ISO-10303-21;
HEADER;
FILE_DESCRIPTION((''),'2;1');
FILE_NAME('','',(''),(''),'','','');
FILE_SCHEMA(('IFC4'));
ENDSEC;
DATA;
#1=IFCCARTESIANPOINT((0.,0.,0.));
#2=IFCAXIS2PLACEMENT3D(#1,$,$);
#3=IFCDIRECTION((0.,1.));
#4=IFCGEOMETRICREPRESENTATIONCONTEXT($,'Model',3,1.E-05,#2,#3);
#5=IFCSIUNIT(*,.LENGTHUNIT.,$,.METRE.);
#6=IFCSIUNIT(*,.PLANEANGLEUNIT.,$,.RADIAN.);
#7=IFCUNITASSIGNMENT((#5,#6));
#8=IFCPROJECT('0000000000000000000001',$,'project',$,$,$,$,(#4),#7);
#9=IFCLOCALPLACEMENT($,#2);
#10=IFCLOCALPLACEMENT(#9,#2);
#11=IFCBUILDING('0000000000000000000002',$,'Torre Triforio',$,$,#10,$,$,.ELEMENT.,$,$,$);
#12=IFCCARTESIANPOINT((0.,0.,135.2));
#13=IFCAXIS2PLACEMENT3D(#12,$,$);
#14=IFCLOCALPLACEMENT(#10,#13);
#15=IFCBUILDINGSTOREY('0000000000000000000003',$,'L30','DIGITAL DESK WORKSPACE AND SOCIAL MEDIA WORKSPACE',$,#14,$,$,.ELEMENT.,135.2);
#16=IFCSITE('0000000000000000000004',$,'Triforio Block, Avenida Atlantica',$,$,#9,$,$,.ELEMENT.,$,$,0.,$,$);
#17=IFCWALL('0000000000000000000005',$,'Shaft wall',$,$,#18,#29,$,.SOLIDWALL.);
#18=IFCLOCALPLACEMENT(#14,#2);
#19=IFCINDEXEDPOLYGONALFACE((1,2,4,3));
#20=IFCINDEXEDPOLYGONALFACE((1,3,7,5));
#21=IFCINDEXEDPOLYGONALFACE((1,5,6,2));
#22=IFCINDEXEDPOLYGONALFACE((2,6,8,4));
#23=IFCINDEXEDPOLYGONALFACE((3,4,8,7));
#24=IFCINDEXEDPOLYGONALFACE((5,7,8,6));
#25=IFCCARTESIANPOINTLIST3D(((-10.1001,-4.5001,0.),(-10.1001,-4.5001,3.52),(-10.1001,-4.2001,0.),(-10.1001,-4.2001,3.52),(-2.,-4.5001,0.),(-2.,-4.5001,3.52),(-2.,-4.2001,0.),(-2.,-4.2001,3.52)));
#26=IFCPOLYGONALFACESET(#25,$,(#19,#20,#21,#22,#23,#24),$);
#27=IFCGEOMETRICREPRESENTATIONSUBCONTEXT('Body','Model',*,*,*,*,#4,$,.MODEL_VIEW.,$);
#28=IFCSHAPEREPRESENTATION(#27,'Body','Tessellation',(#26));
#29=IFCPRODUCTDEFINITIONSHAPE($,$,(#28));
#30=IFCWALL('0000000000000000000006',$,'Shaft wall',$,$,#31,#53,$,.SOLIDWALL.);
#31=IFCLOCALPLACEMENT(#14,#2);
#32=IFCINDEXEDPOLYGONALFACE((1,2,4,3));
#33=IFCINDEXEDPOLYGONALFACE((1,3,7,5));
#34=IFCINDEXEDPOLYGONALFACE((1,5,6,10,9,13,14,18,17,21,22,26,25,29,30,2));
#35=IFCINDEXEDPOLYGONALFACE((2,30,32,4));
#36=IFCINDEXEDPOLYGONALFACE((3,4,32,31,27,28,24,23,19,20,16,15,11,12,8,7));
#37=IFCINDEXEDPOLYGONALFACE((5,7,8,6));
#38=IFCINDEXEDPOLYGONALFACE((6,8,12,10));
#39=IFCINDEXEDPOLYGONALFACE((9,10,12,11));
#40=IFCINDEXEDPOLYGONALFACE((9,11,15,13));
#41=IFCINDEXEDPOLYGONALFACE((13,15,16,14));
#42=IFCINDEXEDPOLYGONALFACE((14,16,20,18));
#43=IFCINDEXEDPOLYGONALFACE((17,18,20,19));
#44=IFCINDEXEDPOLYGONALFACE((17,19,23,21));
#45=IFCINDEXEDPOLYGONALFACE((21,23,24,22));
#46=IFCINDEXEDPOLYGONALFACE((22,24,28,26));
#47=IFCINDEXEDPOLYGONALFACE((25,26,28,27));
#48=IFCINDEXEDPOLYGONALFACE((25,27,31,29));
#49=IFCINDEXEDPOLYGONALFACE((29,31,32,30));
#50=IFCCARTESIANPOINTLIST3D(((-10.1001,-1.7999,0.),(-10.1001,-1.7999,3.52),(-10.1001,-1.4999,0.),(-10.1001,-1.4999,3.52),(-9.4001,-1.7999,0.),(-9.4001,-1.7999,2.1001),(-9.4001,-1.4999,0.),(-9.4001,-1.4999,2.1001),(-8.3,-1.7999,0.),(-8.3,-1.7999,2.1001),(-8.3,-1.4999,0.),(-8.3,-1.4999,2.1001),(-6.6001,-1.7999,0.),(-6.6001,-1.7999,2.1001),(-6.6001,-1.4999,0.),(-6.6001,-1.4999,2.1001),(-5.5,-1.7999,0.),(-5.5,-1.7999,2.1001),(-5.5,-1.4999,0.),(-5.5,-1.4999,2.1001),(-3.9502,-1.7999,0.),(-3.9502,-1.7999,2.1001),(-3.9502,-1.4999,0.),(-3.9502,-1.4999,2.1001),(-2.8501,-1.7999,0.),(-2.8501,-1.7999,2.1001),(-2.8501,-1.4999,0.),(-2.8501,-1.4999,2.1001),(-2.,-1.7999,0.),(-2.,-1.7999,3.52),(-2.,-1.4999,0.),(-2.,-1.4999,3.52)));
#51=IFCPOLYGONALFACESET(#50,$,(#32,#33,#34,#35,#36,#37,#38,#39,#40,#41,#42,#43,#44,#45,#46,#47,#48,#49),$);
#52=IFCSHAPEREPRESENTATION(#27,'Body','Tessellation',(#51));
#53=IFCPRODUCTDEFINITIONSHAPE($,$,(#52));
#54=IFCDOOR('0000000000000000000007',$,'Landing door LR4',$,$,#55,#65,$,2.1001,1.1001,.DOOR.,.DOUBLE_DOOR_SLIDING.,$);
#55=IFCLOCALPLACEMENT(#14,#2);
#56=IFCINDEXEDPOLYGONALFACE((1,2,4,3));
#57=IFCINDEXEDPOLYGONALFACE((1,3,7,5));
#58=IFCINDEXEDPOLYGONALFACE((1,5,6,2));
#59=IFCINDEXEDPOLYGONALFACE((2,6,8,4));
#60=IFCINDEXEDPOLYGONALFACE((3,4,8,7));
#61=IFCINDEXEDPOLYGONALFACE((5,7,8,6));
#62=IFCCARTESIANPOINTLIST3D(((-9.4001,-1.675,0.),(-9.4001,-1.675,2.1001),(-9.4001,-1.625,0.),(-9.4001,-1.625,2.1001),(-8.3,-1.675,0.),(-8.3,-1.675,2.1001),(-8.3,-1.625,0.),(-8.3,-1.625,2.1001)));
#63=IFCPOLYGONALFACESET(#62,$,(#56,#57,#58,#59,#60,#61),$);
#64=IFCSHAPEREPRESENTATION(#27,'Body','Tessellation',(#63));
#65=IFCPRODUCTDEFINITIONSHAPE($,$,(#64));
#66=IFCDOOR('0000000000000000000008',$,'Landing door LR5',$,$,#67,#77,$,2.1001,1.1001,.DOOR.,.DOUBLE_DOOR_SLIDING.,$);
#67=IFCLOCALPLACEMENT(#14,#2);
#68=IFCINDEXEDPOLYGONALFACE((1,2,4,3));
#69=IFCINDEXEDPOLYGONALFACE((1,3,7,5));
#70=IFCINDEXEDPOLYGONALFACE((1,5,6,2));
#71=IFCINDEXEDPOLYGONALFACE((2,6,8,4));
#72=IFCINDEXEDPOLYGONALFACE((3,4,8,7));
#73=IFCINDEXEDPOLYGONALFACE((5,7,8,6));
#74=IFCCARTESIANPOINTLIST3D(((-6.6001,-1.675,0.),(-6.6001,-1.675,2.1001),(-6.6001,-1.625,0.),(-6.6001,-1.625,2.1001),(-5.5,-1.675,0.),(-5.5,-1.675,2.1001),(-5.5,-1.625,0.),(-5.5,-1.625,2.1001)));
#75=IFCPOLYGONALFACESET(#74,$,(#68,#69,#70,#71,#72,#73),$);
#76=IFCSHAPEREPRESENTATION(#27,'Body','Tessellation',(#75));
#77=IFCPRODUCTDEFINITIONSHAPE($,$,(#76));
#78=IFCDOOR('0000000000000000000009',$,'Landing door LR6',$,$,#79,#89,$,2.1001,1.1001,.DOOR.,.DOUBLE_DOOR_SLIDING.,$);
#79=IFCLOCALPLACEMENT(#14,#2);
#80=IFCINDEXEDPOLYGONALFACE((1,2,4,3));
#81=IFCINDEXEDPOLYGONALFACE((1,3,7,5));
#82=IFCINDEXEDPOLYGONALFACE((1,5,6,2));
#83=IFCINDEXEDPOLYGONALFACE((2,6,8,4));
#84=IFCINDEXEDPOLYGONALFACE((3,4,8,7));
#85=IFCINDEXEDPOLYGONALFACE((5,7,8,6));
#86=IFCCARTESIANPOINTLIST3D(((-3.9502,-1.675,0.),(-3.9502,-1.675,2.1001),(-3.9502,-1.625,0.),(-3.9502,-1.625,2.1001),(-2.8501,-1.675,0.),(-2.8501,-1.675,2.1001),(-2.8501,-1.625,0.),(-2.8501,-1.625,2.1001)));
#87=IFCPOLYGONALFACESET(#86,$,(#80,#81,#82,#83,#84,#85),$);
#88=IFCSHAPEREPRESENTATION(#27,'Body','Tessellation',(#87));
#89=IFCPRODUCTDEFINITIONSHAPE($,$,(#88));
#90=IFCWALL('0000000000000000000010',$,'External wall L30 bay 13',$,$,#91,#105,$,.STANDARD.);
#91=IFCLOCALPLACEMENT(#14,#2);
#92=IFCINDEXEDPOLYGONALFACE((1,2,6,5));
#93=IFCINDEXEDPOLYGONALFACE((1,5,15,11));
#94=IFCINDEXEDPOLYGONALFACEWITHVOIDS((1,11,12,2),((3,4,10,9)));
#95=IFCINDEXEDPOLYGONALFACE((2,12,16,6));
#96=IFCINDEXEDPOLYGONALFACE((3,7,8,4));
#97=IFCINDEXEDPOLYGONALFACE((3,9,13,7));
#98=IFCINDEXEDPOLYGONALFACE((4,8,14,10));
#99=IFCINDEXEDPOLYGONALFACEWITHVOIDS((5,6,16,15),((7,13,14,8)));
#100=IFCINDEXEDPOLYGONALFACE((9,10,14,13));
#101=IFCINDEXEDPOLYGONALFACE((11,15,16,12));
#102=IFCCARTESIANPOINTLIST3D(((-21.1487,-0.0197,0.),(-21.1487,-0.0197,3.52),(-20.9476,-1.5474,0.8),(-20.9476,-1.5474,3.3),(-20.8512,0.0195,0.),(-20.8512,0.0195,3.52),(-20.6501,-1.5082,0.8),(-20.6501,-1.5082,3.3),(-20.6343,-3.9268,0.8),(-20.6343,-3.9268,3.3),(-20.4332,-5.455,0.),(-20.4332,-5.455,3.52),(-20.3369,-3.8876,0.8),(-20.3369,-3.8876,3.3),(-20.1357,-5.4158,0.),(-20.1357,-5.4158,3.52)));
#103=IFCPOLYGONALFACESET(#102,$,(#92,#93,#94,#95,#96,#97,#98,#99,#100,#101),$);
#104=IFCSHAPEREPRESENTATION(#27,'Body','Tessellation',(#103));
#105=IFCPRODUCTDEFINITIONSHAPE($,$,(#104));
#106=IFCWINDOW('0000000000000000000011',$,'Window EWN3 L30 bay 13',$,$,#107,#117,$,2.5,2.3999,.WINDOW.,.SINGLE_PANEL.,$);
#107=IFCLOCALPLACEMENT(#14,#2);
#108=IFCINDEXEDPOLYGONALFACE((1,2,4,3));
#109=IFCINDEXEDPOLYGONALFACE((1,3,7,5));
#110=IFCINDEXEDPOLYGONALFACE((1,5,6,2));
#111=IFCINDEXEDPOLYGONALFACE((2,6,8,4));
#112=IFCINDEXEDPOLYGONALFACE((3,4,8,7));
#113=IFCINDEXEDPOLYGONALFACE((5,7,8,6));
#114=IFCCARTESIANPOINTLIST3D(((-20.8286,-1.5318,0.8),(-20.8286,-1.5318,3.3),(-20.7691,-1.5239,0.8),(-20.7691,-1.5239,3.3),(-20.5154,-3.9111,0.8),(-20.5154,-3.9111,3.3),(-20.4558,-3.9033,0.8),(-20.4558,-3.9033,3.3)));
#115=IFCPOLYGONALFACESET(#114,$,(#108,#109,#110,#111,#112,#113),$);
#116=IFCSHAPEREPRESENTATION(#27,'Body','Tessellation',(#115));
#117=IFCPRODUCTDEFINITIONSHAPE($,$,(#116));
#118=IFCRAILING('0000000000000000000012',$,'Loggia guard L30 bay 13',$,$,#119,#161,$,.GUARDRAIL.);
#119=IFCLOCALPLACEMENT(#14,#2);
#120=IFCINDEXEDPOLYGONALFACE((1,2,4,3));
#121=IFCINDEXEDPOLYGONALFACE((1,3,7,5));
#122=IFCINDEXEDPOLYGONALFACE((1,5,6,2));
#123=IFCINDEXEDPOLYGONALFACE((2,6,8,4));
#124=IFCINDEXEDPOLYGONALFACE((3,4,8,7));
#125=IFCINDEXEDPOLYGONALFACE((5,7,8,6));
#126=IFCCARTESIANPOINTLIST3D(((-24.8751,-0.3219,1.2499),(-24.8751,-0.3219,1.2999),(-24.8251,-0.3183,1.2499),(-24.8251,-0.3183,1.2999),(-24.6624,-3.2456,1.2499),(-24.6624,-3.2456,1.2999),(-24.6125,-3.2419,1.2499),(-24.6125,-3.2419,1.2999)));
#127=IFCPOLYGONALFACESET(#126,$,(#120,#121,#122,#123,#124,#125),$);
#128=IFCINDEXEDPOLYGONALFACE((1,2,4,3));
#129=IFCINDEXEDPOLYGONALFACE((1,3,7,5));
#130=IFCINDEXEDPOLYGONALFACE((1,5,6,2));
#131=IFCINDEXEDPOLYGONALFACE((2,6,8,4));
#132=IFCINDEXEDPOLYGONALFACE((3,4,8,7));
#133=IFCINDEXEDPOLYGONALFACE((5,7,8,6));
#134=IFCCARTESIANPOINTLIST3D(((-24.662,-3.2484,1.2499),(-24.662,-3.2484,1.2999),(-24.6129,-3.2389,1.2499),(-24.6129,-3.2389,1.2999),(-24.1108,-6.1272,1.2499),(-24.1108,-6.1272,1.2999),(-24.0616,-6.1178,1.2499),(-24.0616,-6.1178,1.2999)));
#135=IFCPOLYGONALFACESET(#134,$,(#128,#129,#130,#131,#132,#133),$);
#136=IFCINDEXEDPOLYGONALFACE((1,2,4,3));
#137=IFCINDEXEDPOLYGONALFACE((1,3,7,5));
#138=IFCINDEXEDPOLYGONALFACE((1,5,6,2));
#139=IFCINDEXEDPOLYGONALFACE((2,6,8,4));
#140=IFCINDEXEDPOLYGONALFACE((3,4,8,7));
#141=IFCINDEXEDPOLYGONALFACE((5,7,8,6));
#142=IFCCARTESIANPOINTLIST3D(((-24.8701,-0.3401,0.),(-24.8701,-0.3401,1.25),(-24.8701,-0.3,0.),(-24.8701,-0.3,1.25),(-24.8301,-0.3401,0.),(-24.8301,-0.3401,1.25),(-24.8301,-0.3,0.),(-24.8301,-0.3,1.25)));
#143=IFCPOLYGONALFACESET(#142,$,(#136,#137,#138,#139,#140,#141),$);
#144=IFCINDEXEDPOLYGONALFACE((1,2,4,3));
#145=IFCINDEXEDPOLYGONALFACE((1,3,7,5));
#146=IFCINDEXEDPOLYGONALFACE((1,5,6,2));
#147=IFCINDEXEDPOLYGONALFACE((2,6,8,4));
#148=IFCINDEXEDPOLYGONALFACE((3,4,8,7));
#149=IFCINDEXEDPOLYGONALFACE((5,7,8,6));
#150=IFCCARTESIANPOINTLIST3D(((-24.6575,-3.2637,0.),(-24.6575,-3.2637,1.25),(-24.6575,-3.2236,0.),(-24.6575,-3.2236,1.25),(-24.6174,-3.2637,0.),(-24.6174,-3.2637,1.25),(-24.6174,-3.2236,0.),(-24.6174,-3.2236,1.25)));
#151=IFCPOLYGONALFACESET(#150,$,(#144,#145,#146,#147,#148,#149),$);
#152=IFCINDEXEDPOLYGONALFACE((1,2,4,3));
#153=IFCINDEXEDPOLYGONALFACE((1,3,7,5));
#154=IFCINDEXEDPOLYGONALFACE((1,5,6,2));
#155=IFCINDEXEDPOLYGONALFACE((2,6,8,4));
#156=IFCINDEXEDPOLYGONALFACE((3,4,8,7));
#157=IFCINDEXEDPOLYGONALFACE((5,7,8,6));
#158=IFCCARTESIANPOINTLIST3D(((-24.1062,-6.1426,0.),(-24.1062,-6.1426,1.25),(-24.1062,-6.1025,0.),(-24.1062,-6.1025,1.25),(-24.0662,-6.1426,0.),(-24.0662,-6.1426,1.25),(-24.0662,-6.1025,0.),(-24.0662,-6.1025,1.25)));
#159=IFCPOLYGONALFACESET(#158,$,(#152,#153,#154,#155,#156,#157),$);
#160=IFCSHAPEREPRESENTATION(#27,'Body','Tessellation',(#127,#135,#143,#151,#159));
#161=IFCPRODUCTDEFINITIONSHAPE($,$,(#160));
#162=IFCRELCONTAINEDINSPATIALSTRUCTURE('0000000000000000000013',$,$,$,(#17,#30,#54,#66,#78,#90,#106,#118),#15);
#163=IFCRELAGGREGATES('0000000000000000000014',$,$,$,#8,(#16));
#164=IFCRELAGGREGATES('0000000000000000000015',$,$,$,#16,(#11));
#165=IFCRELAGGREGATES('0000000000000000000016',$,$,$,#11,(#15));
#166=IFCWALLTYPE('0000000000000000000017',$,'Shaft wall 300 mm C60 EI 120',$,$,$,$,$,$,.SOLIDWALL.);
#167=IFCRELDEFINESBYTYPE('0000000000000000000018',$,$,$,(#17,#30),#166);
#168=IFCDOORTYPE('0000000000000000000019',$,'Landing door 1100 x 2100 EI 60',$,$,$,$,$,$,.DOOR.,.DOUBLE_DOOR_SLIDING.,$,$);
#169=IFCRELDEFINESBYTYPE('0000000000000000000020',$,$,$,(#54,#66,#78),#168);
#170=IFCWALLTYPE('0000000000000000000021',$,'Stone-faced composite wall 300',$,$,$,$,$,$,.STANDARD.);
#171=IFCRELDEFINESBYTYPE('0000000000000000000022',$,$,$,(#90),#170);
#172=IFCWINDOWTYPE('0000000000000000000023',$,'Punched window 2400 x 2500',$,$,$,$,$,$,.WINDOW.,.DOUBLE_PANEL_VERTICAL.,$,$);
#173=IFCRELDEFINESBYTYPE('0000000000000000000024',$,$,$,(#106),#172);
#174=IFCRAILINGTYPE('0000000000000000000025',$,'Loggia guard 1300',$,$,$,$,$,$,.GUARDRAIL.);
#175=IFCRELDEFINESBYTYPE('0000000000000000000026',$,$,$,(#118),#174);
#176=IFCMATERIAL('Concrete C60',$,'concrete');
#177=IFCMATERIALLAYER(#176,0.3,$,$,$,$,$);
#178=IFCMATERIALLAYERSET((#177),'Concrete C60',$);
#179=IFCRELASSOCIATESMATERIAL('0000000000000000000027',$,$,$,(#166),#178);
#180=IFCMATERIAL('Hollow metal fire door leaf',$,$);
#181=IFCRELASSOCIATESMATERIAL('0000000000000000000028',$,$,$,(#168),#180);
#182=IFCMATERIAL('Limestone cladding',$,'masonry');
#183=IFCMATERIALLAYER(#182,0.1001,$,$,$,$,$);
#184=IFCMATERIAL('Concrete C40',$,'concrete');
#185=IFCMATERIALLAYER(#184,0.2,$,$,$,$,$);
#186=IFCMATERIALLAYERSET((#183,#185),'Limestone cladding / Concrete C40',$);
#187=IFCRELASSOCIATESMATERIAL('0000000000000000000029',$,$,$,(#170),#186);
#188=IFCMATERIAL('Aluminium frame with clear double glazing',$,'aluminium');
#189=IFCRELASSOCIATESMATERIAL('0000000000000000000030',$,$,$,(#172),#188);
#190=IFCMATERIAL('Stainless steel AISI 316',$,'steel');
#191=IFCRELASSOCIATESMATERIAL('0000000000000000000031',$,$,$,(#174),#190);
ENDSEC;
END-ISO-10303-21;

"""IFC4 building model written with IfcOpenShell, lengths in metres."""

from ifc_helpers import new_model, si_unit, direction, frame, frame_2d, origin, origin_2d, place, context, subcontext, project, spatial, rectangle, extrude, material, layer, layer_set, type_object, element, fill, save


model = new_model("IFC4")

# Units and contexts
model_context = context("Model", 3, precision=1e-05, world=origin(), true_north=direction((0.0, 1.0)))
body_context = subcontext(model_context, "Body", "Model", "MODEL_VIEW")
ifc_project = project(units=[si_unit("LENGTHUNIT", "METRE"), si_unit("PLANEANGLEUNIT", "RADIAN")], contexts=[model_context])

# Site, building, storey
site_placement = place(None, origin())
site = spatial("IfcSite", under=ifc_project, at=site_placement, Name="Triforio Block, Avenida Atlantica", CompositionType="ELEMENT", RefElevation=0.0)
building_placement = place(site_placement, origin())
building = spatial("IfcBuilding", under=site, at=building_placement, Name="Torre Triforio", CompositionType="ELEMENT")
storey_placement = place(building_placement, frame((0.0, 0.0, 135.2)))
storey = spatial("IfcBuildingStorey", under=building, at=storey_placement, Name="L30", Description="DIGITAL DESK WORKSPACE AND SOCIAL MEDIA WORKSPACE", CompositionType="ELEMENT", Elevation=135.2)

# Shared definitions
ifc_material_1 = material(Name="Concrete C60", Category="concrete")

# Shared definitions
ifc_material_2 = material(Name="Hollow metal fire door leaf")

# Wall
ifc_material_3 = material(Name="Limestone cladding", Category="masonry")
ifc_material_4 = material(Name="Concrete C40", Category="concrete")
ifc_layer_1 = layer(ifc_material_1, 0.3)
ifc_layer_set_1 = layer_set([ifc_layer_1], Name="Concrete C60")
wall_type_1 = type_object("IfcWallType", Name="Shaft wall 300 mm C60 EI 120", PredefinedType="SOLIDWALL", material=ifc_layer_set_1)
wall_1_placement = place(storey_placement, frame((-10.1001, -4.3501, 0.0), z_axis=(0.0, 0.0, 1.0), x_axis=(1.0, 0.0, 0.0)))
element("IfcWall", 1, at=wall_1_placement, inside=storey, type_object=wall_type_1, Name="Shaft wall", PredefinedType="SOLIDWALL", context=body_context, shape_type="SweptSolid", body=[
    extrude(rectangle(XDim=8.1001, YDim=0.3, at=frame_2d((4.05, 0.0))), origin(), (0.0, 0.0, 1.0), 3.52),
])

# Wall, openings, doors
wall_2_placement = place(storey_placement, frame((-10.1001, -1.6499, 0.0), z_axis=(0.0, 0.0, 1.0), x_axis=(1.0, 0.0, 0.0)))
wall_2 = element("IfcWall", 2, at=wall_2_placement, inside=storey, type_object=wall_type_1, Name="Shaft wall", PredefinedType="SOLIDWALL", context=body_context, shape_type="SweptSolid", body=[
    extrude(rectangle(XDim=8.1001, YDim=0.3, at=frame_2d((4.05, 0.0))), origin(), (0.0, 0.0, 1.0), 3.52),
])
opening_1_placement = place(wall_2_placement, frame((0.7, 0.0, 0.0)))
opening_1 = element("IfcOpeningElement", 3, at=opening_1_placement, cuts=wall_2, PredefinedType="OPENING", context=body_context, shape_type="SweptSolid", body=[
    extrude(rectangle(XDim=1.1001, YDim=2.1001, at=frame_2d((0.55, 1.05))), frame((0.0, 0.1599, 0.0), z_axis=(0.0, -1.0, 0.0), x_axis=(1.0, 0.0, 0.0)), (0.0, 0.0, 1.0), 0.3201),
])
opening_2_placement = place(wall_2_placement, frame((3.5, 0.0, 0.0)))
opening_2 = element("IfcOpeningElement", 4, at=opening_2_placement, cuts=wall_2, PredefinedType="OPENING", context=body_context, shape_type="SweptSolid", body=[
    extrude(rectangle(XDim=1.1001, YDim=2.1001, at=frame_2d((0.55, 1.05))), frame((0.0, 0.1599, 0.0), z_axis=(0.0, -1.0, 0.0), x_axis=(1.0, 0.0, 0.0)), (0.0, 0.0, 1.0), 0.3201),
])
opening_3_placement = place(wall_2_placement, frame((6.1499, 0.0, 0.0)))
opening_3 = element("IfcOpeningElement", 5, at=opening_3_placement, cuts=wall_2, PredefinedType="OPENING", context=body_context, shape_type="SweptSolid", body=[
    extrude(rectangle(XDim=1.1001, YDim=2.1001, at=frame_2d((0.55, 1.05))), frame((0.0, 0.1599, 0.0), z_axis=(0.0, -1.0, 0.0), x_axis=(1.0, 0.0, 0.0)), (0.0, 0.0, 1.0), 0.3201),
])
door_type_1 = type_object("IfcDoorType", Name="Landing door 1100 x 2100 EI 60", OperationType="DOUBLE_DOOR_SLIDING", PredefinedType="DOOR", material=ifc_material_2)
door_1_placement = place(opening_1_placement, origin())
door_1 = element("IfcDoor", 6, at=door_1_placement, inside=storey, type_object=door_type_1, Name="Landing door LR4", OperationType="DOUBLE_DOOR_SLIDING", OverallHeight=2.1001, OverallWidth=1.1001, PredefinedType="DOOR", context=body_context, shape_type="SweptSolid", body=[
    extrude(rectangle(XDim=1.1001, YDim=2.1001, at=frame_2d((0.55, 1.05))), frame((0.0, 0.0249, 0.0), z_axis=(0.0, -1.0, 0.0), x_axis=(1.0, 0.0, 0.0)), (0.0, 0.0, 1.0), 0.05),
])
fill(opening_1, door_1)
door_2_placement = place(opening_2_placement, origin())
door_2 = element("IfcDoor", 7, at=door_2_placement, inside=storey, type_object=door_type_1, Name="Landing door LR5", OperationType="DOUBLE_DOOR_SLIDING", OverallHeight=2.1001, OverallWidth=1.1001, PredefinedType="DOOR", context=body_context, shape_type="SweptSolid", body=[
    extrude(rectangle(XDim=1.1001, YDim=2.1001, at=frame_2d((0.55, 1.05))), frame((0.0, 0.0249, 0.0), z_axis=(0.0, -1.0, 0.0), x_axis=(1.0, 0.0, 0.0)), (0.0, 0.0, 1.0), 0.05),
])
fill(opening_2, door_2)
door_3_placement = place(opening_3_placement, origin())
door_3 = element("IfcDoor", 8, at=door_3_placement, inside=storey, type_object=door_type_1, Name="Landing door LR6", OperationType="DOUBLE_DOOR_SLIDING", OverallHeight=2.1001, OverallWidth=1.1001, PredefinedType="DOOR", context=body_context, shape_type="SweptSolid", body=[
    extrude(rectangle(XDim=1.1001, YDim=2.1001, at=frame_2d((0.55, 1.05))), frame((0.0, 0.0249, 0.0), z_axis=(0.0, -1.0, 0.0), x_axis=(1.0, 0.0, 0.0)), (0.0, 0.0, 1.0), 0.05),
])
fill(opening_3, door_3)

# Wall, opening, window
ifc_layer_2 = layer(ifc_material_3, 0.1001)
ifc_layer_3 = layer(ifc_material_4, 0.2)
ifc_layer_set_2 = layer_set([ifc_layer_2, ifc_layer_3], Name="Limestone cladding / Concrete C40")
wall_type_2 = type_object("IfcWallType", Name="Stone-faced composite wall 300", PredefinedType="STANDARD", material=ifc_layer_set_2)
wall_3_placement = place(storey_placement, frame((-21.0, 0.0, 0.0), z_axis=(0.0, 0.0, 1.0), x_axis=(0.130527, -0.991445, 0.0)))
wall_3 = element("IfcWall", 9, at=wall_3_placement, inside=storey, type_object=wall_type_2, Name="External wall L30 bay 13", PredefinedType="STANDARD", context=body_context, shape_type="SweptSolid", body=[
    extrude(rectangle(XDim=5.4822, YDim=0.3, at=frame_2d((2.7412, 0.0))), origin(), (0.0, 0.0, 1.0), 3.52),
])
opening_4_placement = place(wall_3_placement, frame((1.541, 0.0, 0.8)))
opening_4 = element("IfcOpeningElement", 10, at=opening_4_placement, cuts=wall_3, PredefinedType="OPENING", context=body_context, shape_type="SweptSolid", body=[
    extrude(rectangle(XDim=2.3999, YDim=2.5, at=frame_2d((1.2, 1.25))), frame((0.0, 0.1599, 0.0), z_axis=(0.0, -1.0, 0.0), x_axis=(1.0, 0.0, 0.0)), (0.0, 0.0, 1.0), 0.3201),
])
ifc_material_5 = material(Name="Aluminium frame with clear double glazing", Category="aluminium")
window_type_1 = type_object("IfcWindowType", Name="Punched window 2400 x 2500", PartitioningType="DOUBLE_PANEL_VERTICAL", PredefinedType="WINDOW", material=ifc_material_5)
window_1_placement = place(opening_4_placement, origin())
window_1 = element("IfcWindow", 11, at=window_1_placement, inside=storey, type_object=window_type_1, Name="Window EWN3 L30 bay 13", OverallHeight=2.5, OverallWidth=2.3999, PartitioningType="SINGLE_PANEL", PredefinedType="WINDOW", context=body_context, shape_type="SweptSolid", body=[
    extrude(rectangle(XDim=2.3999, YDim=2.5, at=frame_2d((1.2, 1.25))), frame((0.0, 0.03, 0.0), z_axis=(0.0, -1.0, 0.0), x_axis=(1.0, 0.0, 0.0)), (0.0, 0.0, 1.0), 0.0601),
])
fill(opening_4, window_1)

# Railing
ifc_material_6 = material(Name="Stainless steel AISI 316", Category="steel")
railing_type = type_object("IfcRailingType", Name="Loggia guard 1300", PredefinedType="GUARDRAIL", material=ifc_material_6)
railing_1_placement = place(storey_placement, frame((-24.8501, -0.3201, 0.0)))
element("IfcRailing", 12, at=railing_1_placement, inside=storey, type_object=railing_type, Name="Loggia guard L30 bay 13", PredefinedType="GUARDRAIL", context=body_context, shape_type="SweptSolid", body=[
    extrude(rectangle(XDim=0.05, YDim=0.05, at=origin_2d()), frame((0.0, 0.0, 1.2749), z_axis=(0.072543, -0.997365, 0.0), x_axis=(0.997365, 0.072543, 0.0)), (0.0, 0.0, 1.0), 2.9314),
    extrude(rectangle(XDim=0.05, YDim=0.05, at=origin_2d()), frame((0.2126, -2.9236, 1.2749), z_axis=(0.188069, -0.982156, 0.0), x_axis=(0.982156, 0.188069, 0.0)), (0.0, 0.0, 1.0), 2.9312),
    extrude(rectangle(XDim=0.04, YDim=0.04, at=origin_2d()), origin(), (0.0, 0.0, 1.0), 1.25),
    extrude(rectangle(XDim=0.04, YDim=0.04, at=origin_2d()), frame((0.2126, -2.9236, 0.0)), (0.0, 0.0, 1.0), 1.25),
    extrude(rectangle(XDim=0.04, YDim=0.04, at=origin_2d()), frame((0.7639, -5.8025, 0.0)), (0.0, 0.0, 1.0), 1.25),
])

save(model, "model.ifc")
